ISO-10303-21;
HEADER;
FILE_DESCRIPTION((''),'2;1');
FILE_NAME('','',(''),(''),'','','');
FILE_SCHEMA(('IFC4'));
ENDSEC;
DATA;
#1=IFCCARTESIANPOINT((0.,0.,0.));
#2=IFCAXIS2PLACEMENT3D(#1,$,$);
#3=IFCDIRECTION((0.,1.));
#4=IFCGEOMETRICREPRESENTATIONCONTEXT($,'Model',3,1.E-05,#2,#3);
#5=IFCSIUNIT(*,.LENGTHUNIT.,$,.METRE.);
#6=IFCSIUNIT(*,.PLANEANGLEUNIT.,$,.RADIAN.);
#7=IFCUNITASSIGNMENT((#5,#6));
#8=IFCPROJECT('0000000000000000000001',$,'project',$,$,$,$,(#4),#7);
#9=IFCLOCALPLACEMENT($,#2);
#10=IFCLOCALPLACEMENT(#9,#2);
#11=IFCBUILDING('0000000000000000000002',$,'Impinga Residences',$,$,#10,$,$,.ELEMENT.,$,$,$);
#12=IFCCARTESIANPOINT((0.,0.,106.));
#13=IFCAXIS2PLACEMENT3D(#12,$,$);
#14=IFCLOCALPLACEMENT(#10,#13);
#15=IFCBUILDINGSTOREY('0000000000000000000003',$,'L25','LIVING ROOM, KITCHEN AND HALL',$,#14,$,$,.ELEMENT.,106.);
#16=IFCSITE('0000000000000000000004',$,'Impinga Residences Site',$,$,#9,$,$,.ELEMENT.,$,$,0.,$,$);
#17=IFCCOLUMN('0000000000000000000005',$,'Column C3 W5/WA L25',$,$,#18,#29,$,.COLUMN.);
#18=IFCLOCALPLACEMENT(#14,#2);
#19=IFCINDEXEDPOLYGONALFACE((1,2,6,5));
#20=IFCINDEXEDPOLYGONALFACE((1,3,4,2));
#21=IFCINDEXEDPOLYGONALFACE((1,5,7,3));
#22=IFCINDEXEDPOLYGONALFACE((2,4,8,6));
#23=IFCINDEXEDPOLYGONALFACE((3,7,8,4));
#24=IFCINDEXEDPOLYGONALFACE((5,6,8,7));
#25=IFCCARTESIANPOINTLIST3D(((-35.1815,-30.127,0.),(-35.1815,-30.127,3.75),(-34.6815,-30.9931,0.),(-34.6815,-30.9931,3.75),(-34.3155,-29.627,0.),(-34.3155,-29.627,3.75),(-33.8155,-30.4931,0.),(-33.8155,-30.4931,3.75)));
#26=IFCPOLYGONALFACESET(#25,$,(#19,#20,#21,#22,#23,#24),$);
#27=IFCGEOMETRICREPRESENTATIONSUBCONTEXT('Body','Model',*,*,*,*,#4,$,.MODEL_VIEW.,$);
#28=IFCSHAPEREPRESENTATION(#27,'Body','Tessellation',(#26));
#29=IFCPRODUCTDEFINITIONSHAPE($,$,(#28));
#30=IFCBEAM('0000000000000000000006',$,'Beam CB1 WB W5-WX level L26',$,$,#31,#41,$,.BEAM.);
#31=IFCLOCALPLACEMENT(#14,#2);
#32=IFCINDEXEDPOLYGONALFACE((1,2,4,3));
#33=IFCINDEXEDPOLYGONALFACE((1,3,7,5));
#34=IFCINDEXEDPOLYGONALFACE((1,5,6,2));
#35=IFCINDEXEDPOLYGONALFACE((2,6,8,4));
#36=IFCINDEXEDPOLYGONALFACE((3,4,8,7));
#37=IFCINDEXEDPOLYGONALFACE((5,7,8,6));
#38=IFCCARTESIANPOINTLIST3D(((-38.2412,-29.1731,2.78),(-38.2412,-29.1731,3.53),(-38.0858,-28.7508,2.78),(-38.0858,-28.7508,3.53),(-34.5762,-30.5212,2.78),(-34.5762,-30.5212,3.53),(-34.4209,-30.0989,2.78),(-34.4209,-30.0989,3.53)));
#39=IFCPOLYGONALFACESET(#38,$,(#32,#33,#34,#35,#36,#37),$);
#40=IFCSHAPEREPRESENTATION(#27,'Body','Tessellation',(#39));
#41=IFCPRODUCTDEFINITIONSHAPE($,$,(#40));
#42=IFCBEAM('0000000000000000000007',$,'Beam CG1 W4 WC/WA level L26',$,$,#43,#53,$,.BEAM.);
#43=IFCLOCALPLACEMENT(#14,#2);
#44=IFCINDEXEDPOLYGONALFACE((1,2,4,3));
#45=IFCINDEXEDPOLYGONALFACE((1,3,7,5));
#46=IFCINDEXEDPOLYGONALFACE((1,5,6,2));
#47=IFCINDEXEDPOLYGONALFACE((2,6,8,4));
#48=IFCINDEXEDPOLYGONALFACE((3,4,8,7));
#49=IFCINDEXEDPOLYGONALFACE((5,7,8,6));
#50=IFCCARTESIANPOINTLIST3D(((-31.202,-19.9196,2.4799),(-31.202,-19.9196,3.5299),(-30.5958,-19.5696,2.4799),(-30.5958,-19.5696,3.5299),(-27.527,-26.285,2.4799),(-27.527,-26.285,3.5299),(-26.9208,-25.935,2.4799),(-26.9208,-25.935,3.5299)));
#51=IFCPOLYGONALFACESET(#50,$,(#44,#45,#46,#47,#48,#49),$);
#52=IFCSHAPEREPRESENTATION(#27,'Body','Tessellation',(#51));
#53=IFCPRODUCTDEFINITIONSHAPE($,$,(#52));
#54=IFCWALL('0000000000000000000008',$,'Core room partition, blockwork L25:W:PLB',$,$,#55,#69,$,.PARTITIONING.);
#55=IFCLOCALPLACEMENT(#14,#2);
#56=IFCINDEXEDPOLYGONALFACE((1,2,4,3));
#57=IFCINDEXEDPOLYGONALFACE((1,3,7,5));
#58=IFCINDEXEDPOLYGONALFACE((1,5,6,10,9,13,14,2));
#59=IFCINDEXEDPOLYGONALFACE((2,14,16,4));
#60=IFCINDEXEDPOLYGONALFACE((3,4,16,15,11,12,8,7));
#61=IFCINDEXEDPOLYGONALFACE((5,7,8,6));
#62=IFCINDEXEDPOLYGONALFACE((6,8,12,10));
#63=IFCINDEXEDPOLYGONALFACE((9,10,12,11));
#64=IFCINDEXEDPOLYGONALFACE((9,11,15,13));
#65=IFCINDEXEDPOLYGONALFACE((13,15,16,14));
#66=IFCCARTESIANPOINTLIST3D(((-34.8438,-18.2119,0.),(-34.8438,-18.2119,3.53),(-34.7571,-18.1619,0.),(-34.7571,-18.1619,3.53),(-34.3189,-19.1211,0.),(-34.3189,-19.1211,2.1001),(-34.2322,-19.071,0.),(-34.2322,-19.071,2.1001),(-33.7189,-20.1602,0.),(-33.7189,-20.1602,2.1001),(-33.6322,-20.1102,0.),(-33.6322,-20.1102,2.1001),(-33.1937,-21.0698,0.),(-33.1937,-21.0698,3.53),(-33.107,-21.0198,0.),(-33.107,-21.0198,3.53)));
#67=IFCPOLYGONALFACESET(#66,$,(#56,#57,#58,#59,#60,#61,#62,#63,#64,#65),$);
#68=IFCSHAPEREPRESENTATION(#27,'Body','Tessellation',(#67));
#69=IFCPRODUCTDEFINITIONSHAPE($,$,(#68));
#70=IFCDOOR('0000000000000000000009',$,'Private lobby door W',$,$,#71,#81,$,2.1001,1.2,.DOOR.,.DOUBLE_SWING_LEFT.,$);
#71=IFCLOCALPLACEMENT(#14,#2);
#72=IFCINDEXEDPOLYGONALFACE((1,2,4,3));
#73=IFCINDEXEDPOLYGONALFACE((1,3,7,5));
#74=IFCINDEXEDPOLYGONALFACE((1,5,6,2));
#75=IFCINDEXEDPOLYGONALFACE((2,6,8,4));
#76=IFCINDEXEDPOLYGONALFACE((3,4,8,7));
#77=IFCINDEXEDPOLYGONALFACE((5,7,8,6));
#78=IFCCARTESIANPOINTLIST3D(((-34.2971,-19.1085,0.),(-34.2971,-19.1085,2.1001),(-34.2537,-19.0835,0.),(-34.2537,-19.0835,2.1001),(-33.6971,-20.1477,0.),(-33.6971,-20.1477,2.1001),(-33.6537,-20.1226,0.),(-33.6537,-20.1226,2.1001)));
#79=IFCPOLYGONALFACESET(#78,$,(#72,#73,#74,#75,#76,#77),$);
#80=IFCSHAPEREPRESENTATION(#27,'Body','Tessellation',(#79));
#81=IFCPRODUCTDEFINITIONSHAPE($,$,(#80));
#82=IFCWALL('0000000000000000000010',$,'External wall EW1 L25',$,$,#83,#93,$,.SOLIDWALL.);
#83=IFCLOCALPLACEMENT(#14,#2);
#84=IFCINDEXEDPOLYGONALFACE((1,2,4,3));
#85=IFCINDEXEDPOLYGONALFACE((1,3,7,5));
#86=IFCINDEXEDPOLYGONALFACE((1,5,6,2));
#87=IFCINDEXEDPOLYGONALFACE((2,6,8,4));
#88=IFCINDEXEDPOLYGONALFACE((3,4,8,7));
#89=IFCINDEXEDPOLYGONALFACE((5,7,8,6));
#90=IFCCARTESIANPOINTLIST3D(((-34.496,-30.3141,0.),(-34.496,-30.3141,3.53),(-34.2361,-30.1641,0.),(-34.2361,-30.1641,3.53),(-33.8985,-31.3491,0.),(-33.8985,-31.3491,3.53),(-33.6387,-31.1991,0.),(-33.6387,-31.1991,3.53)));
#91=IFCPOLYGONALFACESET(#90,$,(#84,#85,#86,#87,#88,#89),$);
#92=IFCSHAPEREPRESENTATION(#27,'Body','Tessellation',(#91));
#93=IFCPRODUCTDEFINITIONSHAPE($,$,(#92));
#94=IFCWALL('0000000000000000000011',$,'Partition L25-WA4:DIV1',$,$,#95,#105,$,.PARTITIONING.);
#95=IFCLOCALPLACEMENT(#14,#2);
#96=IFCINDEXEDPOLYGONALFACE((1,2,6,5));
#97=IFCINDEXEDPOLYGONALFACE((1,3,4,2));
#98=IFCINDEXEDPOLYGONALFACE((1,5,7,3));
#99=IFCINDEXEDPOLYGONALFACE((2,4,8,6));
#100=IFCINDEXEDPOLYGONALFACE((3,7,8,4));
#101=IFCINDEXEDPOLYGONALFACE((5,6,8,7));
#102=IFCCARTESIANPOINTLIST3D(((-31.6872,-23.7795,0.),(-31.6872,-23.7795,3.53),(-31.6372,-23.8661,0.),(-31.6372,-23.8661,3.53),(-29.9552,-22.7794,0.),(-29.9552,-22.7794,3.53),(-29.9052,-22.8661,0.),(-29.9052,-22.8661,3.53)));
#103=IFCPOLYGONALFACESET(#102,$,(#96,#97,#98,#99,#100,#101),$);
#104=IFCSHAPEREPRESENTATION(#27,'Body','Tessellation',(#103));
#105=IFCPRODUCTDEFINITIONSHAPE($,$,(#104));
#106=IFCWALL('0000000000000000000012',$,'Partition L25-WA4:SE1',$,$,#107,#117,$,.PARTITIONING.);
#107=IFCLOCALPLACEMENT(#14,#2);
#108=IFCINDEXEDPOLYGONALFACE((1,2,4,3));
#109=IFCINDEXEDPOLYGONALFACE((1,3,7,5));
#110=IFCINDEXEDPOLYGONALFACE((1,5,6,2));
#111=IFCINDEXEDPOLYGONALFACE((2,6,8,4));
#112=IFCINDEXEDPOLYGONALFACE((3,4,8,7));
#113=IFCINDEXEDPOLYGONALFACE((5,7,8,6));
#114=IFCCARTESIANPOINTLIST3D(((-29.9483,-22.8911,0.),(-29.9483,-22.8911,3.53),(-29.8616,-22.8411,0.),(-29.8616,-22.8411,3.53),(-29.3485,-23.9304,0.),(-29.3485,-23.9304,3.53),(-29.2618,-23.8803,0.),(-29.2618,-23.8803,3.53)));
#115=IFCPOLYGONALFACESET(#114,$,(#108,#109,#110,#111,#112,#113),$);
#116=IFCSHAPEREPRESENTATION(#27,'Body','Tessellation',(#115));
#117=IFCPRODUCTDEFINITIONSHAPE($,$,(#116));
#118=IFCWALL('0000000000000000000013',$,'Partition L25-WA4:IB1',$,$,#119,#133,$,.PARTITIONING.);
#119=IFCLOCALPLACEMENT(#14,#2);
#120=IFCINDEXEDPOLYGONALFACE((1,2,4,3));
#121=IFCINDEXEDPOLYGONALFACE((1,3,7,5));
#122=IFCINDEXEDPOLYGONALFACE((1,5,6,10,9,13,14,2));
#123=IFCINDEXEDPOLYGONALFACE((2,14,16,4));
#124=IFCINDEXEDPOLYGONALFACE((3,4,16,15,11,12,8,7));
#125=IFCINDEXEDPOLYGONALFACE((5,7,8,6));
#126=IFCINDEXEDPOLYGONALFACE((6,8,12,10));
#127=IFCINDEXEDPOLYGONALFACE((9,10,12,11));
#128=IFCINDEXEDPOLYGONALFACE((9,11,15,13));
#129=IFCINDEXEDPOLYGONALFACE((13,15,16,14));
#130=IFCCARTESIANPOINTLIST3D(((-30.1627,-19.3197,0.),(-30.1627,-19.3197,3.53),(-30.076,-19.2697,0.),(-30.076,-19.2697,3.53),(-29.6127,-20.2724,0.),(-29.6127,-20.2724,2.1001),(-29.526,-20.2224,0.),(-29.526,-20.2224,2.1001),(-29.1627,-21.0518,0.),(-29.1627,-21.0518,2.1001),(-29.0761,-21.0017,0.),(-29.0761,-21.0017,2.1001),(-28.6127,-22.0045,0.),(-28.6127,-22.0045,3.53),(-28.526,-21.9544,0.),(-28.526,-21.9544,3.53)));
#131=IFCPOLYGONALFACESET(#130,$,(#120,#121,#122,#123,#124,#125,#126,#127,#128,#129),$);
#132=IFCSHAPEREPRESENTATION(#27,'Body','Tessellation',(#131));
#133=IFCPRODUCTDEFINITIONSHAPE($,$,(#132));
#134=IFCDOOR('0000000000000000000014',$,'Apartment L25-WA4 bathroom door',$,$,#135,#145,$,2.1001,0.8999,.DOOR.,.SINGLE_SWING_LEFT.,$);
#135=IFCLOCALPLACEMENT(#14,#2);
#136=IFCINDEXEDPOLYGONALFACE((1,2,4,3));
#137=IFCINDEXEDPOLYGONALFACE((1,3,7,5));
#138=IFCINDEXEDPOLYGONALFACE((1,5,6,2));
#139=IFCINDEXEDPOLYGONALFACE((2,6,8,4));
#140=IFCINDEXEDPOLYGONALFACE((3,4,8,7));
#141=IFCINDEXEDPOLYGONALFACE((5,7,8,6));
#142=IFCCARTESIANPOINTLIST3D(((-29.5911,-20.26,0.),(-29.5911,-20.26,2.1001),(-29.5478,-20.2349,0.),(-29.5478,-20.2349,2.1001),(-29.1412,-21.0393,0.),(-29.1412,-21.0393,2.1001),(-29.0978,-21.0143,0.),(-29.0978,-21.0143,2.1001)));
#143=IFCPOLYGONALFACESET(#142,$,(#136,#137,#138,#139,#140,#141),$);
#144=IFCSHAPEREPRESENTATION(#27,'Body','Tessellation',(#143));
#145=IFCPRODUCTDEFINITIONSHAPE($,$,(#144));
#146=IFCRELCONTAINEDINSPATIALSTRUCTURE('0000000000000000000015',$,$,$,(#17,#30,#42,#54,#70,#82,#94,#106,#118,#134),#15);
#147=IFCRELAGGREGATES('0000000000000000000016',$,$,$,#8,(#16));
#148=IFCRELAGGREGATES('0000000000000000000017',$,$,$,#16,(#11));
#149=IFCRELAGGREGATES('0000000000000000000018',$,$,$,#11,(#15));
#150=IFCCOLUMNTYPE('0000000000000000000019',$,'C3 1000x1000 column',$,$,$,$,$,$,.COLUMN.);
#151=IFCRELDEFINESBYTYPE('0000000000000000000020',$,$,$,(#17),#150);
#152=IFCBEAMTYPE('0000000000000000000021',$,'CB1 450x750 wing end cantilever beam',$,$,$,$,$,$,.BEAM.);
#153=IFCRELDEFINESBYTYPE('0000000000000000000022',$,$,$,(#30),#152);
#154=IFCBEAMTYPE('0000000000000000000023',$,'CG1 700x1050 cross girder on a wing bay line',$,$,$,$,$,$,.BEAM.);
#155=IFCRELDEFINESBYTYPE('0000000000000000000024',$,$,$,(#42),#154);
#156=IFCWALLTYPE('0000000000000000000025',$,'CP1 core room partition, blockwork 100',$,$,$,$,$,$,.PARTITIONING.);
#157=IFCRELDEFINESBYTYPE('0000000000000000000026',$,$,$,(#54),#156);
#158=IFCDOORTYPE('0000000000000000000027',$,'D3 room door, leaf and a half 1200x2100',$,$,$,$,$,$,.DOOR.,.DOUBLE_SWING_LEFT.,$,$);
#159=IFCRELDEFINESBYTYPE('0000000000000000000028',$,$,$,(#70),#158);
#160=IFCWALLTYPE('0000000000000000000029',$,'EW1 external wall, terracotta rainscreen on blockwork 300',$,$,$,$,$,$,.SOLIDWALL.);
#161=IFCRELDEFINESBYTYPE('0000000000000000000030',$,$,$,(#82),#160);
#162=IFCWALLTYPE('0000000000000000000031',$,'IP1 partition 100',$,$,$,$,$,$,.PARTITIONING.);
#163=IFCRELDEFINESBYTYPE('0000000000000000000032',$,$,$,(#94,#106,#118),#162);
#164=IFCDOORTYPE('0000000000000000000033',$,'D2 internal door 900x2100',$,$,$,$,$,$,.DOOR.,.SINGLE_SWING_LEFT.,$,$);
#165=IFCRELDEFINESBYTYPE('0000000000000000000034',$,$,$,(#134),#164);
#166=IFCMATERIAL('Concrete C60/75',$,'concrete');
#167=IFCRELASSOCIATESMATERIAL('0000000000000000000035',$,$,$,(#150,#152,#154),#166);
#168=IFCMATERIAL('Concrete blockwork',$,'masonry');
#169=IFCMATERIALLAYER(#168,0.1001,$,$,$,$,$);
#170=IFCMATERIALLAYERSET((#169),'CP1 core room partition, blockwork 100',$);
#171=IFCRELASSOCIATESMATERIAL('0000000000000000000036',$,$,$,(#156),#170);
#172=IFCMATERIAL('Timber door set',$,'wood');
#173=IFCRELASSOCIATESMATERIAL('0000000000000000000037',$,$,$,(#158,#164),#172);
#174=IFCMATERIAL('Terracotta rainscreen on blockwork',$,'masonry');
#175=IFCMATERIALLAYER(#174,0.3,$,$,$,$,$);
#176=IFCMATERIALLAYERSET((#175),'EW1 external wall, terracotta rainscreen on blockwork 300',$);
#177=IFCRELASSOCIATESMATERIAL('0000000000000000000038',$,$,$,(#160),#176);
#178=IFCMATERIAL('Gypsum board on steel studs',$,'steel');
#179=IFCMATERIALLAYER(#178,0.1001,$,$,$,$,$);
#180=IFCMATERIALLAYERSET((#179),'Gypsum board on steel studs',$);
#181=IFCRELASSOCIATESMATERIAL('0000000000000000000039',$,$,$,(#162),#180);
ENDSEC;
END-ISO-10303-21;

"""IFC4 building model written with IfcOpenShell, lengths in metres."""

from ifc_helpers import new_model, si_unit, direction, frame, frame_2d, origin, origin_2d, place, context, subcontext, project, spatial, rectangle, extrude, material, layer, layer_set, material_profile, profile_set, type_object, element, fill, save


model = new_model("IFC4")

# Units and contexts
model_context = context("Model", 3, precision=1e-05, world=origin(), true_north=direction((0.0, 1.0)))
body_context = subcontext(model_context, "Body", "Model", "MODEL_VIEW")
ifc_project = project(units=[si_unit("LENGTHUNIT", "METRE"), si_unit("PLANEANGLEUNIT", "RADIAN")], contexts=[model_context])

# Site, building, storey
site_placement = place(None, origin())
site = spatial("IfcSite", under=ifc_project, at=site_placement, Name="Impinga Residences Site", CompositionType="ELEMENT", RefElevation=0.0)
building_placement = place(site_placement, origin())
building = spatial("IfcBuilding", under=site, at=building_placement, Name="Impinga Residences", CompositionType="ELEMENT")
storey_placement = place(building_placement, frame((0.0, 0.0, 106.0)))
storey = spatial("IfcBuildingStorey", under=building, at=storey_placement, Name="L25", Description="LIVING ROOM, KITCHEN AND HALL", CompositionType="ELEMENT", Elevation=106.0)

# Column
ifc_material_1 = material(Name="Concrete C60/75", Category="concrete")
ifc_material_profile_1 = material_profile(ifc_material_1, rectangle(XDim=1.0, YDim=1.0, at=origin_2d()), Name="RC 1000x1000")
ifc_profile_set_1 = profile_set([ifc_material_profile_1], Name="Concrete C60/75")
column_type = type_object("IfcColumnType", Name="C3 1000x1000 column", PredefinedType="COLUMN", material=ifc_profile_set_1)
column_placement = place(storey_placement, frame((-34.4985, -30.3101, 0.0), z_axis=(0.0, 0.0, 1.0), x_axis=(-0.5, 0.866025, 0.0)))
element("IfcColumn", 1, at=column_placement, inside=storey, type_object=column_type, Name="Column C3 W5/WA L25", PredefinedType="COLUMN", context=body_context, shape_type="SweptSolid", body=[
    extrude(rectangle(XDim=1.0, YDim=1.0, at=origin_2d()), origin(), (0.0, 0.0, 1.0), 3.75),
])

# Beams
ifc_material_profile_2 = material_profile(ifc_material_1, rectangle(XDim=0.45, YDim=0.75, at=origin_2d()), Name="RC 450x750")
ifc_profile_set_2 = profile_set([ifc_material_profile_2], Name="Concrete C60/75")
beam_type_1 = type_object("IfcBeamType", Name="CB1 450x750 wing end cantilever beam", PredefinedType="BEAM", material=ifc_profile_set_2)
beam_1_placement = place(storey_placement, frame((-34.4985, -30.3101, 3.155), z_axis=(-0.93852, 0.345224, 0.0), x_axis=(-0.345224, -0.93852, 0.0)))
element("IfcBeam", 2, at=beam_1_placement, inside=storey, type_object=beam_type_1, Name="Beam CB1 WB W5-WX level L26", PredefinedType="BEAM", context=body_context, shape_type="SweptSolid", body=[
    extrude(rectangle(XDim=0.45, YDim=0.75, at=origin_2d()), origin(), (0.0, 0.0, 1.0), 3.905),
])
ifc_material_profile_3 = material_profile(ifc_material_1, rectangle(XDim=0.7, YDim=1.05, at=origin_2d()), Name="RC 700x1050")
ifc_profile_set_3 = profile_set([ifc_material_profile_3], Name="Concrete C60/75")
beam_type_2 = type_object("IfcBeamType", Name="CG1 700x1050 cross girder on a wing bay line", PredefinedType="BEAM", material=ifc_profile_set_3)
beam_2_placement = place(storey_placement, frame((-30.8989, -19.7446, 3.0049), z_axis=(0.499994, -0.866029, 0.0), x_axis=(0.866029, 0.499994, 0.0)))
element("IfcBeam", 3, at=beam_2_placement, inside=storey, type_object=beam_type_2, Name="Beam CG1 W4 WC/WA level L26", PredefinedType="BEAM", context=body_context, shape_type="SweptSolid", body=[
    extrude(rectangle(XDim=0.7, YDim=1.05, at=origin_2d()), origin(), (0.0, 0.0, 1.0), 7.3501),
])

# Wall, opening, door
ifc_material_2 = material(Name="Concrete blockwork", Category="masonry")
ifc_layer_1 = layer(ifc_material_2, 0.1001)
ifc_layer_set_1 = layer_set([ifc_layer_1], Name="CP1 core room partition, blockwork 100")
wall_type_1 = type_object("IfcWallType", Name="CP1 core room partition, blockwork 100", PredefinedType="PARTITIONING", material=ifc_layer_set_1)
wall_1_placement = place(storey_placement, frame((-33.1504, -21.0447, 0.0), z_axis=(0.0, 0.0, 1.0), x_axis=(-0.50003, 0.866008, 0.0)))
wall_1 = element("IfcWall", 4, at=wall_1_placement, inside=storey, type_object=wall_type_1, Name="Core room partition, blockwork L25:W:PLB", PredefinedType="PARTITIONING", context=body_context, shape_type="SweptSolid", body=[
    extrude(rectangle(XDim=3.3, YDim=0.1001, at=frame_2d((1.6499, 0.0))), origin(), (0.0, 0.0, 1.0), 3.53),
])
opening_1_placement = place(wall_1_placement, frame((1.05, 0.0, 0.0)))
opening_1 = element("IfcOpeningElement", 5, at=opening_1_placement, cuts=wall_1, PredefinedType="OPENING", context=body_context, shape_type="SweptSolid", body=[
    extrude(rectangle(XDim=1.2, YDim=2.1001, at=frame_2d((0.6001, 1.05))), frame((0.0, 0.0601, 0.0), z_axis=(0.0, -1.0, 0.0), x_axis=(1.0, 0.0, 0.0)), (0.0, 0.0, 1.0), 0.1201),
])
ifc_material_3 = material(Name="Timber door set", Category="wood")
door_type_1 = type_object("IfcDoorType", Name="D3 room door, leaf and a half 1200x2100", OperationType="DOUBLE_SWING_LEFT", PredefinedType="DOOR", material=ifc_material_3)
door_1_placement = place(opening_1_placement, origin())
door_1 = element("IfcDoor", 6, at=door_1_placement, inside=storey, type_object=door_type_1, Name="Private lobby door W", OperationType="DOUBLE_SWING_LEFT", OverallHeight=2.1001, OverallWidth=1.2, PredefinedType="DOOR", context=body_context, shape_type="SweptSolid", body=[
    extrude(rectangle(XDim=1.2, YDim=2.1001, at=frame_2d((0.6001, 1.05))), frame((0.0, 0.0249, 0.0), z_axis=(0.0, -1.0, 0.0), x_axis=(1.0, 0.0, 0.0)), (0.0, 0.0, 1.0), 0.05),
])
fill(opening_1, door_1)

# Walls
ifc_material_4 = material(Name="Terracotta rainscreen on blockwork", Category="masonry")
ifc_layer_2 = layer(ifc_material_4, 0.3)
ifc_layer_set_2 = layer_set([ifc_layer_2], Name="EW1 external wall, terracotta rainscreen on blockwork 300")
wall_type_2 = type_object("IfcWallType", Name="EW1 external wall, terracotta rainscreen on blockwork 300", PredefinedType="SOLIDWALL", material=ifc_layer_set_2)
wall_2_placement = place(storey_placement, frame((-33.7686, -31.2742, 0.0), z_axis=(0.0, 0.0, 1.0), x_axis=(-0.499941, 0.86606, 0.0)))
element("IfcWall", 7, at=wall_2_placement, inside=storey, type_object=wall_type_2, Name="External wall EW1 L25", PredefinedType="SOLIDWALL", context=body_context, shape_type="SweptSolid", body=[
    extrude(rectangle(XDim=1.1951, YDim=0.3, at=frame_2d((0.5977, 0.0))), origin(), (0.0, 0.0, 1.0), 3.53),
])
ifc_material_5 = material(Name="Gypsum board on steel studs", Category="steel")
ifc_layer_3 = layer(ifc_material_5, 0.1001)
ifc_layer_set_3 = layer_set([ifc_layer_3], Name="Gypsum board on steel studs")
wall_type_3 = type_object("IfcWallType", Name="IP1 partition 100", PredefinedType="PARTITIONING", material=ifc_layer_set_3)
wall_3_placement = place(storey_placement, frame((-29.9302, -22.8228, 0.0), z_axis=(0.0, 0.0, 1.0), x_axis=(-0.866011, -0.500025, 0.0)))
element("IfcWall", 8, at=wall_3_placement, inside=storey, type_object=wall_type_3, Name="Partition L25-WA4:DIV1", PredefinedType="PARTITIONING", context=body_context, shape_type="SweptSolid", body=[
    extrude(rectangle(XDim=2.0, YDim=0.1001, at=frame_2d((1.0, 0.0))), origin(), (0.0, 0.0, 1.0), 3.53),
])
wall_4_placement = place(storey_placement, frame((-29.905, -22.866, 0.0), z_axis=(0.0, 0.0, 1.0), x_axis=(0.499881, -0.866094, 0.0)))
element("IfcWall", 9, at=wall_4_placement, inside=storey, type_object=wall_type_3, Name="Partition L25-WA4:SE1", PredefinedType="PARTITIONING", context=body_context, shape_type="SweptSolid", body=[
    extrude(rectangle(XDim=1.2, YDim=0.1001, at=frame_2d((0.6001, 0.0))), origin(), (0.0, 0.0, 1.0), 3.53),
])

# Wall, opening, door
wall_5_placement = place(storey_placement, frame((-30.1194, -19.2947, 0.0), z_axis=(0.0, 0.0, 1.0), x_axis=(0.499993, -0.86603, 0.0)))
wall_5 = element("IfcWall", 10, at=wall_5_placement, inside=storey, type_object=wall_type_3, Name="Partition L25-WA4:IB1", PredefinedType="PARTITIONING", context=body_context, shape_type="SweptSolid", body=[
    extrude(rectangle(XDim=3.1001, YDim=0.1001, at=frame_2d((1.55, 0.0))), origin(), (0.0, 0.0, 1.0), 3.53),
])
opening_2_placement = place(wall_5_placement, frame((1.1001, 0.0, 0.0)))
opening_2 = element("IfcOpeningElement", 11, at=opening_2_placement, cuts=wall_5, PredefinedType="OPENING", context=body_context, shape_type="SweptSolid", body=[
    extrude(rectangle(XDim=0.8999, YDim=2.1001, at=frame_2d((0.45, 1.05))), frame((0.0, 0.0601, 0.0), z_axis=(0.0, -1.0, 0.0), x_axis=(1.0, 0.0, 0.0)), (0.0, 0.0, 1.0), 0.1201),
])
door_type_2 = type_object("IfcDoorType", Name="D2 internal door 900x2100", OperationType="SINGLE_SWING_LEFT", PredefinedType="DOOR", material=ifc_material_3)
door_2_placement = place(opening_2_placement, origin())
door_2 = element("IfcDoor", 12, at=door_2_placement, inside=storey, type_object=door_type_2, Name="Apartment L25-WA4 bathroom door", OperationType="SINGLE_SWING_LEFT", OverallHeight=2.1001, OverallWidth=0.8999, PredefinedType="DOOR", context=body_context, shape_type="SweptSolid", body=[
    extrude(rectangle(XDim=0.8999, YDim=2.1001, at=frame_2d((0.45, 1.05))), frame((0.0, 0.0249, 0.0), z_axis=(0.0, -1.0, 0.0), x_axis=(1.0, 0.0, 0.0)), (0.0, 0.0, 1.0), 0.05),
])
fill(opening_2, door_2)

save(model, "model.ifc")
